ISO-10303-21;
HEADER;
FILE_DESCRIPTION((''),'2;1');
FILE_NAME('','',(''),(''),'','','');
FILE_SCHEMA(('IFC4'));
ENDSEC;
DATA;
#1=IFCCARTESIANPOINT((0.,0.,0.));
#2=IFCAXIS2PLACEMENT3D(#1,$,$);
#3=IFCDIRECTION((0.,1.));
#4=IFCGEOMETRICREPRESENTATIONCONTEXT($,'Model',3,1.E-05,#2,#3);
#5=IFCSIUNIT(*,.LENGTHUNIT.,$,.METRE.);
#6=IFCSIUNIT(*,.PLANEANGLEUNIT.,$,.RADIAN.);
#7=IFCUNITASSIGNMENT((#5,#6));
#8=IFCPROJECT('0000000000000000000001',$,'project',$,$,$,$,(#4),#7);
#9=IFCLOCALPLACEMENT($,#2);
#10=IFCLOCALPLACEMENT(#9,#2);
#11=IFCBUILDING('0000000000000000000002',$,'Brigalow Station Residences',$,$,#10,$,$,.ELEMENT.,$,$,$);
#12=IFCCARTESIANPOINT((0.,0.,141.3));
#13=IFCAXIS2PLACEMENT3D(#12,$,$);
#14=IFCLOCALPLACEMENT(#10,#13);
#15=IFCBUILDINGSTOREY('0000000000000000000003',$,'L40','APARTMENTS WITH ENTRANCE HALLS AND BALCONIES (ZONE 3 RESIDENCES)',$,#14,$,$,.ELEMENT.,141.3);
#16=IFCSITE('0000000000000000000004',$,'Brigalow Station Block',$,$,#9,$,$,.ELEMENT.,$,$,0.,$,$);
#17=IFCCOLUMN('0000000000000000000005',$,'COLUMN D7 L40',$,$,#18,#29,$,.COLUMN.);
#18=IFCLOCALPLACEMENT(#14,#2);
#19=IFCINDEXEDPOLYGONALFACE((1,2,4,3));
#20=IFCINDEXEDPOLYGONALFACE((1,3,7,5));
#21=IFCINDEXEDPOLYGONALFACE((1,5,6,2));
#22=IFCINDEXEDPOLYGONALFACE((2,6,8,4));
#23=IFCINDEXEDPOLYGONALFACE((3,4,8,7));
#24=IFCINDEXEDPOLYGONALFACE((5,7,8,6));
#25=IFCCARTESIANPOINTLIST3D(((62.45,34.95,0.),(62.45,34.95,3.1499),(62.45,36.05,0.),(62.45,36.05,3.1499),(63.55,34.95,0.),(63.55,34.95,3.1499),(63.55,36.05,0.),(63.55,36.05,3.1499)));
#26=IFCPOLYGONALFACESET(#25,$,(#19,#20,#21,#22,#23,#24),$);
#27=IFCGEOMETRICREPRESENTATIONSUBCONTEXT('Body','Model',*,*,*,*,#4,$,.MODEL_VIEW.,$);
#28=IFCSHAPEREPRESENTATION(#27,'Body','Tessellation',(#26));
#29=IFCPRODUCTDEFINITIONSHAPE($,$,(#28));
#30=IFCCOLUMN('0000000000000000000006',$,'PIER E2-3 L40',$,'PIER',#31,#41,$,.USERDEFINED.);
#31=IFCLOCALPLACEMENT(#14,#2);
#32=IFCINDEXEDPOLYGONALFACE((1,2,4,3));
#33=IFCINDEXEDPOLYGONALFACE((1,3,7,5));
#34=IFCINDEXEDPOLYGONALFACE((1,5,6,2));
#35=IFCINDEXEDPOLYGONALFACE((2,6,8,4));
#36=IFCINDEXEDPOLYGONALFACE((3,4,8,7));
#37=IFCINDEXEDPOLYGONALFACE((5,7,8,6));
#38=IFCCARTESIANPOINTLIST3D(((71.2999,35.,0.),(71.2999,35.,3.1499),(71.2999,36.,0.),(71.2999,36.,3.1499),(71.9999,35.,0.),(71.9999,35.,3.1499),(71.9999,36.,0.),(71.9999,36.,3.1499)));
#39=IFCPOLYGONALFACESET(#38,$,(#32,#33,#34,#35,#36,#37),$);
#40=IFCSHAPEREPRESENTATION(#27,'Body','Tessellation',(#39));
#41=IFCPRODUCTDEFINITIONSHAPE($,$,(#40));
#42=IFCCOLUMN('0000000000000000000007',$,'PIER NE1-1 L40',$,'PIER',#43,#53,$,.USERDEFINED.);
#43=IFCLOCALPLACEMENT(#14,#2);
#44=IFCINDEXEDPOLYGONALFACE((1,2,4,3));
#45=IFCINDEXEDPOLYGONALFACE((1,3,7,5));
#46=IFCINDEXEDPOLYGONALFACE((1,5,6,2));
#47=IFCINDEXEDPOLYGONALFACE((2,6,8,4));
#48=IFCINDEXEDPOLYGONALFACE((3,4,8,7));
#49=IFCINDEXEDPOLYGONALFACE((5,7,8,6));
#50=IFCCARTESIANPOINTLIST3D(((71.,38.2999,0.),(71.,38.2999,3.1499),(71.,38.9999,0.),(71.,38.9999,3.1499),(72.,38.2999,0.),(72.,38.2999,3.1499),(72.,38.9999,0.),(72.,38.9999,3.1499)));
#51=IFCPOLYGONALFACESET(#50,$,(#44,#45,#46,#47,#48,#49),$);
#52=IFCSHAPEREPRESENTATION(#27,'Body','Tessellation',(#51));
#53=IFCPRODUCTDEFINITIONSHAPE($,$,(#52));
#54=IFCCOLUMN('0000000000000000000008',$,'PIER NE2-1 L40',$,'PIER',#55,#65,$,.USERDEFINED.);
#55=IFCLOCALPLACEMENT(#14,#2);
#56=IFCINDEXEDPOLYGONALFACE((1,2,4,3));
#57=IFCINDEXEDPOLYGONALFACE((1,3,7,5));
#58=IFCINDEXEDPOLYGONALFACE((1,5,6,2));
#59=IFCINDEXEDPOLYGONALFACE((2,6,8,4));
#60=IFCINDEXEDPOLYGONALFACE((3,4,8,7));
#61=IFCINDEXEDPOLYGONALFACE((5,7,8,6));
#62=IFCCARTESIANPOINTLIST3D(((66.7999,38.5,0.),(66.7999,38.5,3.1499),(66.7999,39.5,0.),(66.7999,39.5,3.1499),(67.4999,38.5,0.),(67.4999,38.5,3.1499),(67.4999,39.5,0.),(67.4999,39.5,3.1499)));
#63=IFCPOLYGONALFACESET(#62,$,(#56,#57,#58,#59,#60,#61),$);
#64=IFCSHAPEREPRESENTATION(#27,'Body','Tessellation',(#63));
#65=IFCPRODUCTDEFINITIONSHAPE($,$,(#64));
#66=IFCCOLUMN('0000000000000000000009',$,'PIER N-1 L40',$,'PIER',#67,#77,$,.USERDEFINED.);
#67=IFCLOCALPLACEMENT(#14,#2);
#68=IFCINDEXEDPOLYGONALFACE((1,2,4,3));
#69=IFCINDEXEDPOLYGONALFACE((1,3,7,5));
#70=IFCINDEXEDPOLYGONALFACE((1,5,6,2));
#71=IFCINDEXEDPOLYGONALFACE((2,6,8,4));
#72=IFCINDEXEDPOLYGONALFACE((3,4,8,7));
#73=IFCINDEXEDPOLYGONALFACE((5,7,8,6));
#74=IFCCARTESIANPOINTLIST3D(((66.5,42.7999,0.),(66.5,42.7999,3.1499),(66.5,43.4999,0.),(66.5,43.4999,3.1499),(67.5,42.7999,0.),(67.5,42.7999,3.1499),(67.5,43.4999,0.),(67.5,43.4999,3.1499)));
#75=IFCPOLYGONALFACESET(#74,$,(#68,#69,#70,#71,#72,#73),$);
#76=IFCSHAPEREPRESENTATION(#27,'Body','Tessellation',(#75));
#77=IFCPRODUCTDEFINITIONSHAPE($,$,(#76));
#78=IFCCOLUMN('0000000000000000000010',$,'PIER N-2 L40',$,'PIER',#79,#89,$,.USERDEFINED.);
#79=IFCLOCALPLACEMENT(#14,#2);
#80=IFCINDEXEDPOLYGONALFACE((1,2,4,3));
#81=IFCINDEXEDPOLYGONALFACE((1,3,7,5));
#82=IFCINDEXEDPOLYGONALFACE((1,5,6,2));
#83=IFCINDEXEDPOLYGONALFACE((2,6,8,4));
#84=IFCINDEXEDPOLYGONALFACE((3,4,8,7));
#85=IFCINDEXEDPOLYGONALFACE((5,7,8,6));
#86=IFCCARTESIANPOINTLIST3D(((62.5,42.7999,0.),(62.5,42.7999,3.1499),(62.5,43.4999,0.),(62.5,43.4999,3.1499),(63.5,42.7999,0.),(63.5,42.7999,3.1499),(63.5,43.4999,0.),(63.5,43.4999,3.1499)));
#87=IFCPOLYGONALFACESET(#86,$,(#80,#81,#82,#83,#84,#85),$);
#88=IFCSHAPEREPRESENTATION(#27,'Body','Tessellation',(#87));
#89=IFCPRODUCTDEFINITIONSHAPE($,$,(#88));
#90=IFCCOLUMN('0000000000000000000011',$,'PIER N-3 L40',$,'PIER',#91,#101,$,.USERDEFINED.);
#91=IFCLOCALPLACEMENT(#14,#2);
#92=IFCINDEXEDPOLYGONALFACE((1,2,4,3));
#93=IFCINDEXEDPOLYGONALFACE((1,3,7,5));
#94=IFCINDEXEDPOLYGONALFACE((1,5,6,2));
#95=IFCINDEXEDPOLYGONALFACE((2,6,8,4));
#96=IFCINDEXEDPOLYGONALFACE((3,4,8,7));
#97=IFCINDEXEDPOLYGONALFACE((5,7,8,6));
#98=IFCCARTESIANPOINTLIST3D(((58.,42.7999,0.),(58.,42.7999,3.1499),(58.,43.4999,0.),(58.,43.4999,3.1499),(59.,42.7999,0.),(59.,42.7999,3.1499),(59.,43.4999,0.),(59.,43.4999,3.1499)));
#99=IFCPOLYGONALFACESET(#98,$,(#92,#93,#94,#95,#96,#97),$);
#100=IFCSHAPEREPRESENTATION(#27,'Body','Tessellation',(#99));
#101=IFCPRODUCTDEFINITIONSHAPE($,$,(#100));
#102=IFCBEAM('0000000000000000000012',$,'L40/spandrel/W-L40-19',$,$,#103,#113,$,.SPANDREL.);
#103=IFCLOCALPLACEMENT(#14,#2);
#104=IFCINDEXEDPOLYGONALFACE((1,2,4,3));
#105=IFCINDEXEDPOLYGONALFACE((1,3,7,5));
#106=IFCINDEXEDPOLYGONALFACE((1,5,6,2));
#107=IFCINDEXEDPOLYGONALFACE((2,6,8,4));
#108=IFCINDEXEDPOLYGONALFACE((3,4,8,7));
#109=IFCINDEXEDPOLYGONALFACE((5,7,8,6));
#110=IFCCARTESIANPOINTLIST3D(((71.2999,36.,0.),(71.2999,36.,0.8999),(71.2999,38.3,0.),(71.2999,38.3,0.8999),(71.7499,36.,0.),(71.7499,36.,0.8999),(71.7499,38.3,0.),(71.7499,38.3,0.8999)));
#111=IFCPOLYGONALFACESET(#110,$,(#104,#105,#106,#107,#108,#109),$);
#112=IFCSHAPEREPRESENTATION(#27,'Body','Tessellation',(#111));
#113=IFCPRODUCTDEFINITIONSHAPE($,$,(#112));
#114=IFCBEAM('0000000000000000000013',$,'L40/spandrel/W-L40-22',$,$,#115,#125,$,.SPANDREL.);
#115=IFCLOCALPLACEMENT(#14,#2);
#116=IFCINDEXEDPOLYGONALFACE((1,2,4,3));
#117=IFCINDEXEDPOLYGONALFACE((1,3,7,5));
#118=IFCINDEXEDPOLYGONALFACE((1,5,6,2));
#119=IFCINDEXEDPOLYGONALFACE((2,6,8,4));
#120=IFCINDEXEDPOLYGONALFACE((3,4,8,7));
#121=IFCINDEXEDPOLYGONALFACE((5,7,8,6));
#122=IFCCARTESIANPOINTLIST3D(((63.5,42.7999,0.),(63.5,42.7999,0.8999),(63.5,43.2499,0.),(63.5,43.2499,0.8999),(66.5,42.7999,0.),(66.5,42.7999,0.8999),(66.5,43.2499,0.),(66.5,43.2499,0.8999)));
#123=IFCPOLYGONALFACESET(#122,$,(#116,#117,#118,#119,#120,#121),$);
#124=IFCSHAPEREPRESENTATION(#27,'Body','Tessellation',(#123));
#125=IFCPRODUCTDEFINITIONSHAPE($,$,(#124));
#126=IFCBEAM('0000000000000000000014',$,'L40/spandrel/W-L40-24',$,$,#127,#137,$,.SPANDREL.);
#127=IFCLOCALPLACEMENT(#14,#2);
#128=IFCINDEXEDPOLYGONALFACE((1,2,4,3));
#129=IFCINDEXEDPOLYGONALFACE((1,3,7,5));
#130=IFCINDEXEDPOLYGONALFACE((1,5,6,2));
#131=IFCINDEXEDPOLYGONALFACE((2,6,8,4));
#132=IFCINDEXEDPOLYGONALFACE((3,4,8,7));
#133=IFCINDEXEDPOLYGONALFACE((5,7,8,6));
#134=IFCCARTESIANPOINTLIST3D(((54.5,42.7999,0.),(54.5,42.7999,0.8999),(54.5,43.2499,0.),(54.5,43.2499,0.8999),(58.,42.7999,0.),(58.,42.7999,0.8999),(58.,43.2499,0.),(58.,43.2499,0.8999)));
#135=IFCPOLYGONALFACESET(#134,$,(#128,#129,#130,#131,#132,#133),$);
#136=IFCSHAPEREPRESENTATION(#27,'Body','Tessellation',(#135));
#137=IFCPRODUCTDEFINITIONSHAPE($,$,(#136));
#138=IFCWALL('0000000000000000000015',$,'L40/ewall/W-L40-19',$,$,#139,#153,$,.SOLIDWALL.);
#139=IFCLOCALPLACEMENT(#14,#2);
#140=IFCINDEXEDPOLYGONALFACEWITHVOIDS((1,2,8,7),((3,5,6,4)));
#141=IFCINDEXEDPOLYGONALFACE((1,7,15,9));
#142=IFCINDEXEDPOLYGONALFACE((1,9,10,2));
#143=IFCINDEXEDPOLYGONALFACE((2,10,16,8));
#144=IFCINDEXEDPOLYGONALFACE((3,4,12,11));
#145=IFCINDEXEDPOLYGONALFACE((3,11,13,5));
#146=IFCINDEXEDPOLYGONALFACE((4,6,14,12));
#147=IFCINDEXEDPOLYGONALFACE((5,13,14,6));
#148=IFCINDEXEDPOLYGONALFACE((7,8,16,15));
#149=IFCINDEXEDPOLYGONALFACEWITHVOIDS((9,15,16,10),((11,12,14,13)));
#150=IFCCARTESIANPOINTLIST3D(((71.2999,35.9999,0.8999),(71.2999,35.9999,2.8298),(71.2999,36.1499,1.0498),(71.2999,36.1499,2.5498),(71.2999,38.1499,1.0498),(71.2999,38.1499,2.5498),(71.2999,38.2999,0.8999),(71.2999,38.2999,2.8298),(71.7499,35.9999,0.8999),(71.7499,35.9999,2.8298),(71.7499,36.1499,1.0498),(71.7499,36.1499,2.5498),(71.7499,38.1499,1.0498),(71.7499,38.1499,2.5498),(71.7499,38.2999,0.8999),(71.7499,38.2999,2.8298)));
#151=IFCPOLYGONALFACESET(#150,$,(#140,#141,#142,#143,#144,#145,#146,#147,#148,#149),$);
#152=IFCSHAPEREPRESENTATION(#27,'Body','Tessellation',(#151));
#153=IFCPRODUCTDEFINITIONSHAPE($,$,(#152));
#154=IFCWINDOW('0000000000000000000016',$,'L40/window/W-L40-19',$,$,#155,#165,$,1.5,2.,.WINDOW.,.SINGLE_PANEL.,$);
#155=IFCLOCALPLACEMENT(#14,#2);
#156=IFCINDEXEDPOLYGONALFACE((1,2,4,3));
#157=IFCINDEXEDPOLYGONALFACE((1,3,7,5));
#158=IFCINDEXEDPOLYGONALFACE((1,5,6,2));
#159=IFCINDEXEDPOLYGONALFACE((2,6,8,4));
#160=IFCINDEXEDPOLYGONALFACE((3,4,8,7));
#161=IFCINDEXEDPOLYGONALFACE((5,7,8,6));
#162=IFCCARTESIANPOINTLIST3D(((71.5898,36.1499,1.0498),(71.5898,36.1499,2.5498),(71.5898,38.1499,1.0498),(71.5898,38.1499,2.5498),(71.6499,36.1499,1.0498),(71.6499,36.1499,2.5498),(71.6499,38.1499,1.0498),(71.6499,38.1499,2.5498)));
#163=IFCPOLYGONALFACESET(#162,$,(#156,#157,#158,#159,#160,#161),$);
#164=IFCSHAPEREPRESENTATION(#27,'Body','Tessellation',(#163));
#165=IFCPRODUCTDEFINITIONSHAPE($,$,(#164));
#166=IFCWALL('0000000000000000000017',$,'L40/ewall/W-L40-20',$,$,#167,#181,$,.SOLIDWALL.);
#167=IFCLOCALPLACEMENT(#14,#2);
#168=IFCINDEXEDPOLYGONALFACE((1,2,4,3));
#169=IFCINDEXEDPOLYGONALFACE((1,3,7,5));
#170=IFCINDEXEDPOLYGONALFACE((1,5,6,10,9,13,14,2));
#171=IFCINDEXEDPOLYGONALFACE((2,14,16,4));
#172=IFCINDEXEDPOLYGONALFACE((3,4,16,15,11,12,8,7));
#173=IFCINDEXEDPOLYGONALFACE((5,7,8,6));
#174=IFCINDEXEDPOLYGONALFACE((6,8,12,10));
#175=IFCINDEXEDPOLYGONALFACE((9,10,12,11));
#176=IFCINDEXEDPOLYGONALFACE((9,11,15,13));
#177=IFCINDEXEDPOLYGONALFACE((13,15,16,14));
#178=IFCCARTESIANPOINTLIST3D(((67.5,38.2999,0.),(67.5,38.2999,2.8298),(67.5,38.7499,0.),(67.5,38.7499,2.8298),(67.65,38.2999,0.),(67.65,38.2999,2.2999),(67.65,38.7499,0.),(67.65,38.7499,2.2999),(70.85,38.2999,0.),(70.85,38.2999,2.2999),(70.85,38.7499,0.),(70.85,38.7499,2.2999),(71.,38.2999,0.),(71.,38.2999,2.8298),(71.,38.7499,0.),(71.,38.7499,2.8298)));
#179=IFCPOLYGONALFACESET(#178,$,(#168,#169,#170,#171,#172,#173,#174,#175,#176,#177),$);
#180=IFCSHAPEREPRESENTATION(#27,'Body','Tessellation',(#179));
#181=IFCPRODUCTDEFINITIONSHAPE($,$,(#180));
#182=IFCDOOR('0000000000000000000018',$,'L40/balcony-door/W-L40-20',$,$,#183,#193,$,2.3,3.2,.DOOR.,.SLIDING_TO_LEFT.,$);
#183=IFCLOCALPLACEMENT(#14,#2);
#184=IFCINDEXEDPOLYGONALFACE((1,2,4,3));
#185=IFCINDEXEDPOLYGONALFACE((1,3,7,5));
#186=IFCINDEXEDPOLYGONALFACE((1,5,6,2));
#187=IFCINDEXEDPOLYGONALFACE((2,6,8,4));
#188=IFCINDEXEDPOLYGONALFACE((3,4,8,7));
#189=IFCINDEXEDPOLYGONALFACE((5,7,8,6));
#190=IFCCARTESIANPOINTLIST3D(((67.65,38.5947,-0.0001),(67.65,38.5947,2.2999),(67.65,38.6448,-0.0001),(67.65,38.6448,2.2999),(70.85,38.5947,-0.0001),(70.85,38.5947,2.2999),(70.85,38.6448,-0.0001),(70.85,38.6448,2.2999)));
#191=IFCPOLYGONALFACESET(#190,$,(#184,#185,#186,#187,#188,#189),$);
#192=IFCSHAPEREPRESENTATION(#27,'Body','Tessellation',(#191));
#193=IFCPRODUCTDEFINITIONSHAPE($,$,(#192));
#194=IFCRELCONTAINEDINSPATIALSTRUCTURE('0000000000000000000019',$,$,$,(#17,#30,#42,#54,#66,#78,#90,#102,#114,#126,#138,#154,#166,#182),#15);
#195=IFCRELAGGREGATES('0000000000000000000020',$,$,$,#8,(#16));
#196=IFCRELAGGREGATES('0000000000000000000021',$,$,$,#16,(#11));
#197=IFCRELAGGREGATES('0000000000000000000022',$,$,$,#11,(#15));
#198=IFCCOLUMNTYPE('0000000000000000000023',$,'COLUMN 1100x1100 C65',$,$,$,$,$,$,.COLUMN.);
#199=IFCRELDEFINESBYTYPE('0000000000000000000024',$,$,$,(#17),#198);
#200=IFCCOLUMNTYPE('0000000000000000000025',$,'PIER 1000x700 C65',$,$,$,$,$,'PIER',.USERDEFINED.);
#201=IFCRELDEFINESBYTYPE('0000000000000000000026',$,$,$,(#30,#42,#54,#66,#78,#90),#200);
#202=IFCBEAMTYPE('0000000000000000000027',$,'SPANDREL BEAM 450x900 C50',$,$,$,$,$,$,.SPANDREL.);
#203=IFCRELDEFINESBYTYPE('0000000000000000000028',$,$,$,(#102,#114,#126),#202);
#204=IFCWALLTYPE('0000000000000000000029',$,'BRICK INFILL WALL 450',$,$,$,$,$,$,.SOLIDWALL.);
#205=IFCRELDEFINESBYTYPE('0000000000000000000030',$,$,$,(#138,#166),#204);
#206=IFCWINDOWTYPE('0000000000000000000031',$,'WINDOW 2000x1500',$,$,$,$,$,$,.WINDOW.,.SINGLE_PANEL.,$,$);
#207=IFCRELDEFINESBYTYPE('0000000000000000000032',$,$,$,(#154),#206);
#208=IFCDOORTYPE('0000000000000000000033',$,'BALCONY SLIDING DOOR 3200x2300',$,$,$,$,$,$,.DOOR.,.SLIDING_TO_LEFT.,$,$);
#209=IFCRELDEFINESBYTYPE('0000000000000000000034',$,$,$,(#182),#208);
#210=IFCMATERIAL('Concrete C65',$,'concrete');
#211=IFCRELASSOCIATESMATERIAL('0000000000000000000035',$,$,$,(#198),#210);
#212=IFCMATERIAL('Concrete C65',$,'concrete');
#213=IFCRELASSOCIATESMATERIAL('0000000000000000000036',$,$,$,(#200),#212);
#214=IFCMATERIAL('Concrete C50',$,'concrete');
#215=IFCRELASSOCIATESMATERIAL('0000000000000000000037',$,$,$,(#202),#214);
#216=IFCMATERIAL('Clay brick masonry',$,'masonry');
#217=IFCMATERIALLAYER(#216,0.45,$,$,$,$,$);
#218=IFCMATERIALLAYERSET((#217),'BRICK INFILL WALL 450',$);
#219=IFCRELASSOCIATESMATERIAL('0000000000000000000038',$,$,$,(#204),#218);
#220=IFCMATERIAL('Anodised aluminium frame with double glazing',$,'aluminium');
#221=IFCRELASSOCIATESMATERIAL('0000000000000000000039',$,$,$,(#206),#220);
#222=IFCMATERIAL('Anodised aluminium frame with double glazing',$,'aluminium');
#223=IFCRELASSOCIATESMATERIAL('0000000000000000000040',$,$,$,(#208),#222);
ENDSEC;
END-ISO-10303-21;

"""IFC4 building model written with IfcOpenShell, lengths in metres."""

from ifc_helpers import new_model, si_unit, direction, frame, frame_2d, origin, origin_2d, place, context, subcontext, project, spatial, rectangle, extrude, material, layer, layer_set, material_profile, profile_set, type_object, element, fill, save


model = new_model("IFC4")

# Units and contexts
model_context = context("Model", 3, precision=1e-05, world=origin(), true_north=direction((0.0, 1.0)))
body_context = subcontext(model_context, "Body", "Model", "MODEL_VIEW")
ifc_project = project(units=[si_unit("LENGTHUNIT", "METRE"), si_unit("PLANEANGLEUNIT", "RADIAN")], contexts=[model_context])

# Site, building, storey
site_placement = place(None, origin())
site = spatial("IfcSite", under=ifc_project, at=site_placement, Name="Brigalow Station Block", CompositionType="ELEMENT", RefElevation=0.0)
building_placement = place(site_placement, origin())
building = spatial("IfcBuilding", under=site, at=building_placement, Name="Brigalow Station Residences", CompositionType="ELEMENT")
storey_placement = place(building_placement, frame((0.0, 0.0, 141.3)))
storey = spatial("IfcBuildingStorey", under=building, at=storey_placement, Name="L40", Description="APARTMENTS WITH ENTRANCE HALLS AND BALCONIES (ZONE 3 RESIDENCES)", CompositionType="ELEMENT", Elevation=141.3)

# Columns
ifc_material_1 = material(Name="Concrete C65", Category="concrete")
ifc_material_profile_1 = material_profile(ifc_material_1, rectangle(XDim=1.1001, YDim=1.1001, at=origin_2d()), Name="RC1100x1100")
ifc_profile_set_1 = profile_set([ifc_material_profile_1], Name="Concrete C65")
column_type_1 = type_object("IfcColumnType", Name="COLUMN 1100x1100 C65", PredefinedType="COLUMN", material=ifc_profile_set_1)
column_placement = place(storey_placement, frame((63.0, 35.5, 0.0), z_axis=(0.0, 0.0, 1.0), x_axis=(1.0, 0.0, 0.0)))
element("IfcColumn", 1, at=column_placement, inside=storey, type_object=column_type_1, Name="COLUMN D7 L40", PredefinedType="COLUMN", context=body_context, shape_type="SweptSolid", body=[
    extrude(rectangle(XDim=1.1001, YDim=1.1001, at=origin_2d()), origin(), (0.0, 0.0, 1.0), 3.1499),
])
ifc_material_2 = material(Name="Concrete C65", Category="concrete")
ifc_material_profile_2 = material_profile(ifc_material_2, rectangle(XDim=1.0, YDim=0.7, at=origin_2d()), Name="RC1000x700")
ifc_profile_set_2 = profile_set([ifc_material_profile_2], Name="Concrete C65")
column_type_2 = type_object("IfcColumnType", Name="PIER 1000x700 C65", ElementType="PIER", PredefinedType="USERDEFINED", material=ifc_profile_set_2)
for number, where, z_axis, x_axis, name in (
    (2, (71.6499, 35.5, 0.0), (0.0, 0.0, 1.0), (0.0, 1.0, 0.0), "PIER E2-3 L40"),
    (3, (71.5, 38.6499, 0.0), (0.0, 0.0, 1.0), (-1.0, 0.0, 0.0), "PIER NE1-1 L40"),
    (4, (67.1499, 39.0, 0.0), (0.0, 0.0, 1.0), (0.0, 1.0, 0.0), "PIER NE2-1 L40"),
    (5, (67.0, 43.1499, 0.0), (0.0, 0.0, 1.0), (-1.0, 0.0, 0.0), "PIER N-1 L40"),
    (6, (63.0, 43.1499, 0.0), (0.0, 0.0, 1.0), (-1.0, 0.0, 0.0), "PIER N-2 L40"),
    (7, (58.5, 43.1499, 0.0), (0.0, 0.0, 1.0), (-1.0, 0.0, 0.0), "PIER N-3 L40"),
):
    element("IfcColumn", number, at=place(storey_placement, frame(where, z_axis=z_axis, x_axis=x_axis)), inside=storey, type_object=column_type_2, Name=name, ObjectType="PIER", PredefinedType="USERDEFINED", context=body_context, shape_type="SweptSolid", body=[
        extrude(rectangle(XDim=1.0, YDim=0.7, at=origin_2d()), origin(), (0.0, 0.0, 1.0), 3.1499),
    ])

# Beams
ifc_material_3 = material(Name="Concrete C50", Category="concrete")
ifc_material_profile_3 = material_profile(ifc_material_3, rectangle(XDim=0.45, YDim=0.8999, at=origin_2d()), Name="RC450x900")
ifc_profile_set_3 = profile_set([ifc_material_profile_3], Name="Concrete C50")
beam_type = type_object("IfcBeamType", Name="SPANDREL BEAM 450x900 C50", PredefinedType="SPANDREL", material=ifc_profile_set_3)
beam_1_placement = place(storey_placement, frame((71.5249, 36.0, 0.45), z_axis=(0.0, 1.0, 0.0), x_axis=(-1.0, 0.0, 0.0)))
element("IfcBeam", 8, at=beam_1_placement, inside=storey, type_object=beam_type, Name="L40/spandrel/W-L40-19", PredefinedType="SPANDREL", context=body_context, shape_type="SweptSolid", body=[
    extrude(rectangle(XDim=0.45, YDim=0.8999, at=origin_2d()), origin(), (0.0, 0.0, 1.0), 2.3),
])
beam_2_placement = place(storey_placement, frame((66.5, 43.0249, 0.45), z_axis=(-1.0, 0.0, 0.0), x_axis=(0.0, -1.0, 0.0)))
element("IfcBeam", 9, at=beam_2_placement, inside=storey, type_object=beam_type, Name="L40/spandrel/W-L40-22", PredefinedType="SPANDREL", context=body_context, shape_type="SweptSolid", body=[
    extrude(rectangle(XDim=0.45, YDim=0.8999, at=origin_2d()), origin(), (0.0, 0.0, 1.0), 3.0),
])
beam_3_placement = place(storey_placement, frame((58.0, 43.0249, 0.45), z_axis=(-1.0, 0.0, 0.0), x_axis=(0.0, -1.0, 0.0)))
element("IfcBeam", 10, at=beam_3_placement, inside=storey, type_object=beam_type, Name="L40/spandrel/W-L40-24", PredefinedType="SPANDREL", context=body_context, shape_type="SweptSolid", body=[
    extrude(rectangle(XDim=0.45, YDim=0.8999, at=origin_2d()), origin(), (0.0, 0.0, 1.0), 3.5),
])

# Wall, opening, window
ifc_material_4 = material(Name="Clay brick masonry", Category="masonry")
ifc_layer_1 = layer(ifc_material_4, 0.45)
ifc_layer_set_1 = layer_set([ifc_layer_1], Name="BRICK INFILL WALL 450")
wall_type_1 = type_object("IfcWallType", Name="BRICK INFILL WALL 450", PredefinedType="SOLIDWALL", material=ifc_layer_set_1)
wall_1_placement = place(storey_placement, frame((71.5249, 36.0, 0.8999), z_axis=(0.0, 0.0, 1.0), x_axis=(0.0, 1.0, 0.0)))
wall_1 = element("IfcWall", 11, at=wall_1_placement, inside=storey, type_object=wall_type_1, Name="L40/ewall/W-L40-19", PredefinedType="SOLIDWALL", context=body_context, shape_type="SweptSolid", body=[
    extrude(rectangle(XDim=2.3, YDim=0.45, at=frame_2d((1.1499, 0.0))), origin(), (0.0, 0.0, 1.0), 1.9299),
])
opening_1_placement = place(wall_1_placement, frame((0.1499, 0.0, 0.1499)))
opening_1 = element("IfcOpeningElement", 12, at=opening_1_placement, cuts=wall_1, PredefinedType="OPENING", context=body_context, shape_type="SweptSolid", body=[
    extrude(rectangle(XDim=2.0, YDim=1.5, at=frame_2d((1.0, 0.75))), frame((0.0, 0.2349, 0.0), z_axis=(0.0, -1.0, 0.0), x_axis=(1.0, 0.0, 0.0)), (0.0, 0.0, 1.0), 0.47),
])
ifc_material_5 = material(Name="Anodised aluminium frame with double glazing", Category="aluminium")
window_type_1 = type_object("IfcWindowType", Name="WINDOW 2000x1500", PartitioningType="SINGLE_PANEL", PredefinedType="WINDOW", material=ifc_material_5)
window_1_placement = place(opening_1_placement, origin())
window_1 = element("IfcWindow", 13, at=window_1_placement, inside=storey, type_object=window_type_1, Name="L40/window/W-L40-19", OverallHeight=1.5, OverallWidth=2.0, PartitioningType="SINGLE_PANEL", PredefinedType="WINDOW", context=body_context, shape_type="SweptSolid", body=[
    extrude(rectangle(XDim=2.0, YDim=1.5, at=frame_2d((1.0, 0.75))), frame((0.0, -0.0649, 0.0), z_axis=(0.0, -1.0, 0.0), x_axis=(1.0, 0.0, 0.0)), (0.0, 0.0, 1.0), 0.0601),
])
fill(opening_1, window_1)

# Wall, opening, door
wall_2_placement = place(storey_placement, frame((71.0, 38.5249, 0.0), z_axis=(0.0, 0.0, 1.0), x_axis=(-1.0, 0.0, 0.0)))
wall_2 = element("IfcWall", 14, at=wall_2_placement, inside=storey, type_object=wall_type_1, Name="L40/ewall/W-L40-20", PredefinedType="SOLIDWALL", context=body_context, shape_type="SweptSolid", body=[
    extrude(rectangle(XDim=3.5, YDim=0.45, at=frame_2d((1.75, 0.0))), origin(), (0.0, 0.0, 1.0), 2.8298),
])
opening_2_placement = place(wall_2_placement, frame((0.1499, 0.0, 0.0)))
opening_2 = element("IfcOpeningElement", 15, at=opening_2_placement, cuts=wall_2, PredefinedType="OPENING", context=body_context, shape_type="SweptSolid", body=[
    extrude(rectangle(XDim=3.2, YDim=2.3, at=frame_2d((1.6001, 1.1499))), frame((0.0, 0.2349, 0.0), z_axis=(0.0, -1.0, 0.0), x_axis=(1.0, 0.0, 0.0)), (0.0, 0.0, 1.0), 0.47),
])
ifc_material_6 = material(Name="Anodised aluminium frame with double glazing", Category="aluminium")
door_type_1 = type_object("IfcDoorType", Name="BALCONY SLIDING DOOR 3200x2300", OperationType="SLIDING_TO_LEFT", PredefinedType="DOOR", material=ifc_material_6)
door_1_placement = place(opening_2_placement, origin())
door_1 = element("IfcDoor", 16, at=door_1_placement, inside=storey, type_object=door_type_1, Name="L40/balcony-door/W-L40-20", OperationType="SLIDING_TO_LEFT", OverallHeight=2.3, OverallWidth=3.2, PredefinedType="DOOR", context=body_context, shape_type="SweptSolid", body=[
    extrude(rectangle(XDim=3.2, YDim=2.3, at=frame_2d((1.6001, 1.1499))), frame((0.0, -0.0698, 0.0), z_axis=(0.0, -1.0, 0.0), x_axis=(1.0, 0.0, 0.0)), (0.0, 0.0, 1.0), 0.05),
])
fill(opening_2, door_1)

save(model, "model.ifc")
